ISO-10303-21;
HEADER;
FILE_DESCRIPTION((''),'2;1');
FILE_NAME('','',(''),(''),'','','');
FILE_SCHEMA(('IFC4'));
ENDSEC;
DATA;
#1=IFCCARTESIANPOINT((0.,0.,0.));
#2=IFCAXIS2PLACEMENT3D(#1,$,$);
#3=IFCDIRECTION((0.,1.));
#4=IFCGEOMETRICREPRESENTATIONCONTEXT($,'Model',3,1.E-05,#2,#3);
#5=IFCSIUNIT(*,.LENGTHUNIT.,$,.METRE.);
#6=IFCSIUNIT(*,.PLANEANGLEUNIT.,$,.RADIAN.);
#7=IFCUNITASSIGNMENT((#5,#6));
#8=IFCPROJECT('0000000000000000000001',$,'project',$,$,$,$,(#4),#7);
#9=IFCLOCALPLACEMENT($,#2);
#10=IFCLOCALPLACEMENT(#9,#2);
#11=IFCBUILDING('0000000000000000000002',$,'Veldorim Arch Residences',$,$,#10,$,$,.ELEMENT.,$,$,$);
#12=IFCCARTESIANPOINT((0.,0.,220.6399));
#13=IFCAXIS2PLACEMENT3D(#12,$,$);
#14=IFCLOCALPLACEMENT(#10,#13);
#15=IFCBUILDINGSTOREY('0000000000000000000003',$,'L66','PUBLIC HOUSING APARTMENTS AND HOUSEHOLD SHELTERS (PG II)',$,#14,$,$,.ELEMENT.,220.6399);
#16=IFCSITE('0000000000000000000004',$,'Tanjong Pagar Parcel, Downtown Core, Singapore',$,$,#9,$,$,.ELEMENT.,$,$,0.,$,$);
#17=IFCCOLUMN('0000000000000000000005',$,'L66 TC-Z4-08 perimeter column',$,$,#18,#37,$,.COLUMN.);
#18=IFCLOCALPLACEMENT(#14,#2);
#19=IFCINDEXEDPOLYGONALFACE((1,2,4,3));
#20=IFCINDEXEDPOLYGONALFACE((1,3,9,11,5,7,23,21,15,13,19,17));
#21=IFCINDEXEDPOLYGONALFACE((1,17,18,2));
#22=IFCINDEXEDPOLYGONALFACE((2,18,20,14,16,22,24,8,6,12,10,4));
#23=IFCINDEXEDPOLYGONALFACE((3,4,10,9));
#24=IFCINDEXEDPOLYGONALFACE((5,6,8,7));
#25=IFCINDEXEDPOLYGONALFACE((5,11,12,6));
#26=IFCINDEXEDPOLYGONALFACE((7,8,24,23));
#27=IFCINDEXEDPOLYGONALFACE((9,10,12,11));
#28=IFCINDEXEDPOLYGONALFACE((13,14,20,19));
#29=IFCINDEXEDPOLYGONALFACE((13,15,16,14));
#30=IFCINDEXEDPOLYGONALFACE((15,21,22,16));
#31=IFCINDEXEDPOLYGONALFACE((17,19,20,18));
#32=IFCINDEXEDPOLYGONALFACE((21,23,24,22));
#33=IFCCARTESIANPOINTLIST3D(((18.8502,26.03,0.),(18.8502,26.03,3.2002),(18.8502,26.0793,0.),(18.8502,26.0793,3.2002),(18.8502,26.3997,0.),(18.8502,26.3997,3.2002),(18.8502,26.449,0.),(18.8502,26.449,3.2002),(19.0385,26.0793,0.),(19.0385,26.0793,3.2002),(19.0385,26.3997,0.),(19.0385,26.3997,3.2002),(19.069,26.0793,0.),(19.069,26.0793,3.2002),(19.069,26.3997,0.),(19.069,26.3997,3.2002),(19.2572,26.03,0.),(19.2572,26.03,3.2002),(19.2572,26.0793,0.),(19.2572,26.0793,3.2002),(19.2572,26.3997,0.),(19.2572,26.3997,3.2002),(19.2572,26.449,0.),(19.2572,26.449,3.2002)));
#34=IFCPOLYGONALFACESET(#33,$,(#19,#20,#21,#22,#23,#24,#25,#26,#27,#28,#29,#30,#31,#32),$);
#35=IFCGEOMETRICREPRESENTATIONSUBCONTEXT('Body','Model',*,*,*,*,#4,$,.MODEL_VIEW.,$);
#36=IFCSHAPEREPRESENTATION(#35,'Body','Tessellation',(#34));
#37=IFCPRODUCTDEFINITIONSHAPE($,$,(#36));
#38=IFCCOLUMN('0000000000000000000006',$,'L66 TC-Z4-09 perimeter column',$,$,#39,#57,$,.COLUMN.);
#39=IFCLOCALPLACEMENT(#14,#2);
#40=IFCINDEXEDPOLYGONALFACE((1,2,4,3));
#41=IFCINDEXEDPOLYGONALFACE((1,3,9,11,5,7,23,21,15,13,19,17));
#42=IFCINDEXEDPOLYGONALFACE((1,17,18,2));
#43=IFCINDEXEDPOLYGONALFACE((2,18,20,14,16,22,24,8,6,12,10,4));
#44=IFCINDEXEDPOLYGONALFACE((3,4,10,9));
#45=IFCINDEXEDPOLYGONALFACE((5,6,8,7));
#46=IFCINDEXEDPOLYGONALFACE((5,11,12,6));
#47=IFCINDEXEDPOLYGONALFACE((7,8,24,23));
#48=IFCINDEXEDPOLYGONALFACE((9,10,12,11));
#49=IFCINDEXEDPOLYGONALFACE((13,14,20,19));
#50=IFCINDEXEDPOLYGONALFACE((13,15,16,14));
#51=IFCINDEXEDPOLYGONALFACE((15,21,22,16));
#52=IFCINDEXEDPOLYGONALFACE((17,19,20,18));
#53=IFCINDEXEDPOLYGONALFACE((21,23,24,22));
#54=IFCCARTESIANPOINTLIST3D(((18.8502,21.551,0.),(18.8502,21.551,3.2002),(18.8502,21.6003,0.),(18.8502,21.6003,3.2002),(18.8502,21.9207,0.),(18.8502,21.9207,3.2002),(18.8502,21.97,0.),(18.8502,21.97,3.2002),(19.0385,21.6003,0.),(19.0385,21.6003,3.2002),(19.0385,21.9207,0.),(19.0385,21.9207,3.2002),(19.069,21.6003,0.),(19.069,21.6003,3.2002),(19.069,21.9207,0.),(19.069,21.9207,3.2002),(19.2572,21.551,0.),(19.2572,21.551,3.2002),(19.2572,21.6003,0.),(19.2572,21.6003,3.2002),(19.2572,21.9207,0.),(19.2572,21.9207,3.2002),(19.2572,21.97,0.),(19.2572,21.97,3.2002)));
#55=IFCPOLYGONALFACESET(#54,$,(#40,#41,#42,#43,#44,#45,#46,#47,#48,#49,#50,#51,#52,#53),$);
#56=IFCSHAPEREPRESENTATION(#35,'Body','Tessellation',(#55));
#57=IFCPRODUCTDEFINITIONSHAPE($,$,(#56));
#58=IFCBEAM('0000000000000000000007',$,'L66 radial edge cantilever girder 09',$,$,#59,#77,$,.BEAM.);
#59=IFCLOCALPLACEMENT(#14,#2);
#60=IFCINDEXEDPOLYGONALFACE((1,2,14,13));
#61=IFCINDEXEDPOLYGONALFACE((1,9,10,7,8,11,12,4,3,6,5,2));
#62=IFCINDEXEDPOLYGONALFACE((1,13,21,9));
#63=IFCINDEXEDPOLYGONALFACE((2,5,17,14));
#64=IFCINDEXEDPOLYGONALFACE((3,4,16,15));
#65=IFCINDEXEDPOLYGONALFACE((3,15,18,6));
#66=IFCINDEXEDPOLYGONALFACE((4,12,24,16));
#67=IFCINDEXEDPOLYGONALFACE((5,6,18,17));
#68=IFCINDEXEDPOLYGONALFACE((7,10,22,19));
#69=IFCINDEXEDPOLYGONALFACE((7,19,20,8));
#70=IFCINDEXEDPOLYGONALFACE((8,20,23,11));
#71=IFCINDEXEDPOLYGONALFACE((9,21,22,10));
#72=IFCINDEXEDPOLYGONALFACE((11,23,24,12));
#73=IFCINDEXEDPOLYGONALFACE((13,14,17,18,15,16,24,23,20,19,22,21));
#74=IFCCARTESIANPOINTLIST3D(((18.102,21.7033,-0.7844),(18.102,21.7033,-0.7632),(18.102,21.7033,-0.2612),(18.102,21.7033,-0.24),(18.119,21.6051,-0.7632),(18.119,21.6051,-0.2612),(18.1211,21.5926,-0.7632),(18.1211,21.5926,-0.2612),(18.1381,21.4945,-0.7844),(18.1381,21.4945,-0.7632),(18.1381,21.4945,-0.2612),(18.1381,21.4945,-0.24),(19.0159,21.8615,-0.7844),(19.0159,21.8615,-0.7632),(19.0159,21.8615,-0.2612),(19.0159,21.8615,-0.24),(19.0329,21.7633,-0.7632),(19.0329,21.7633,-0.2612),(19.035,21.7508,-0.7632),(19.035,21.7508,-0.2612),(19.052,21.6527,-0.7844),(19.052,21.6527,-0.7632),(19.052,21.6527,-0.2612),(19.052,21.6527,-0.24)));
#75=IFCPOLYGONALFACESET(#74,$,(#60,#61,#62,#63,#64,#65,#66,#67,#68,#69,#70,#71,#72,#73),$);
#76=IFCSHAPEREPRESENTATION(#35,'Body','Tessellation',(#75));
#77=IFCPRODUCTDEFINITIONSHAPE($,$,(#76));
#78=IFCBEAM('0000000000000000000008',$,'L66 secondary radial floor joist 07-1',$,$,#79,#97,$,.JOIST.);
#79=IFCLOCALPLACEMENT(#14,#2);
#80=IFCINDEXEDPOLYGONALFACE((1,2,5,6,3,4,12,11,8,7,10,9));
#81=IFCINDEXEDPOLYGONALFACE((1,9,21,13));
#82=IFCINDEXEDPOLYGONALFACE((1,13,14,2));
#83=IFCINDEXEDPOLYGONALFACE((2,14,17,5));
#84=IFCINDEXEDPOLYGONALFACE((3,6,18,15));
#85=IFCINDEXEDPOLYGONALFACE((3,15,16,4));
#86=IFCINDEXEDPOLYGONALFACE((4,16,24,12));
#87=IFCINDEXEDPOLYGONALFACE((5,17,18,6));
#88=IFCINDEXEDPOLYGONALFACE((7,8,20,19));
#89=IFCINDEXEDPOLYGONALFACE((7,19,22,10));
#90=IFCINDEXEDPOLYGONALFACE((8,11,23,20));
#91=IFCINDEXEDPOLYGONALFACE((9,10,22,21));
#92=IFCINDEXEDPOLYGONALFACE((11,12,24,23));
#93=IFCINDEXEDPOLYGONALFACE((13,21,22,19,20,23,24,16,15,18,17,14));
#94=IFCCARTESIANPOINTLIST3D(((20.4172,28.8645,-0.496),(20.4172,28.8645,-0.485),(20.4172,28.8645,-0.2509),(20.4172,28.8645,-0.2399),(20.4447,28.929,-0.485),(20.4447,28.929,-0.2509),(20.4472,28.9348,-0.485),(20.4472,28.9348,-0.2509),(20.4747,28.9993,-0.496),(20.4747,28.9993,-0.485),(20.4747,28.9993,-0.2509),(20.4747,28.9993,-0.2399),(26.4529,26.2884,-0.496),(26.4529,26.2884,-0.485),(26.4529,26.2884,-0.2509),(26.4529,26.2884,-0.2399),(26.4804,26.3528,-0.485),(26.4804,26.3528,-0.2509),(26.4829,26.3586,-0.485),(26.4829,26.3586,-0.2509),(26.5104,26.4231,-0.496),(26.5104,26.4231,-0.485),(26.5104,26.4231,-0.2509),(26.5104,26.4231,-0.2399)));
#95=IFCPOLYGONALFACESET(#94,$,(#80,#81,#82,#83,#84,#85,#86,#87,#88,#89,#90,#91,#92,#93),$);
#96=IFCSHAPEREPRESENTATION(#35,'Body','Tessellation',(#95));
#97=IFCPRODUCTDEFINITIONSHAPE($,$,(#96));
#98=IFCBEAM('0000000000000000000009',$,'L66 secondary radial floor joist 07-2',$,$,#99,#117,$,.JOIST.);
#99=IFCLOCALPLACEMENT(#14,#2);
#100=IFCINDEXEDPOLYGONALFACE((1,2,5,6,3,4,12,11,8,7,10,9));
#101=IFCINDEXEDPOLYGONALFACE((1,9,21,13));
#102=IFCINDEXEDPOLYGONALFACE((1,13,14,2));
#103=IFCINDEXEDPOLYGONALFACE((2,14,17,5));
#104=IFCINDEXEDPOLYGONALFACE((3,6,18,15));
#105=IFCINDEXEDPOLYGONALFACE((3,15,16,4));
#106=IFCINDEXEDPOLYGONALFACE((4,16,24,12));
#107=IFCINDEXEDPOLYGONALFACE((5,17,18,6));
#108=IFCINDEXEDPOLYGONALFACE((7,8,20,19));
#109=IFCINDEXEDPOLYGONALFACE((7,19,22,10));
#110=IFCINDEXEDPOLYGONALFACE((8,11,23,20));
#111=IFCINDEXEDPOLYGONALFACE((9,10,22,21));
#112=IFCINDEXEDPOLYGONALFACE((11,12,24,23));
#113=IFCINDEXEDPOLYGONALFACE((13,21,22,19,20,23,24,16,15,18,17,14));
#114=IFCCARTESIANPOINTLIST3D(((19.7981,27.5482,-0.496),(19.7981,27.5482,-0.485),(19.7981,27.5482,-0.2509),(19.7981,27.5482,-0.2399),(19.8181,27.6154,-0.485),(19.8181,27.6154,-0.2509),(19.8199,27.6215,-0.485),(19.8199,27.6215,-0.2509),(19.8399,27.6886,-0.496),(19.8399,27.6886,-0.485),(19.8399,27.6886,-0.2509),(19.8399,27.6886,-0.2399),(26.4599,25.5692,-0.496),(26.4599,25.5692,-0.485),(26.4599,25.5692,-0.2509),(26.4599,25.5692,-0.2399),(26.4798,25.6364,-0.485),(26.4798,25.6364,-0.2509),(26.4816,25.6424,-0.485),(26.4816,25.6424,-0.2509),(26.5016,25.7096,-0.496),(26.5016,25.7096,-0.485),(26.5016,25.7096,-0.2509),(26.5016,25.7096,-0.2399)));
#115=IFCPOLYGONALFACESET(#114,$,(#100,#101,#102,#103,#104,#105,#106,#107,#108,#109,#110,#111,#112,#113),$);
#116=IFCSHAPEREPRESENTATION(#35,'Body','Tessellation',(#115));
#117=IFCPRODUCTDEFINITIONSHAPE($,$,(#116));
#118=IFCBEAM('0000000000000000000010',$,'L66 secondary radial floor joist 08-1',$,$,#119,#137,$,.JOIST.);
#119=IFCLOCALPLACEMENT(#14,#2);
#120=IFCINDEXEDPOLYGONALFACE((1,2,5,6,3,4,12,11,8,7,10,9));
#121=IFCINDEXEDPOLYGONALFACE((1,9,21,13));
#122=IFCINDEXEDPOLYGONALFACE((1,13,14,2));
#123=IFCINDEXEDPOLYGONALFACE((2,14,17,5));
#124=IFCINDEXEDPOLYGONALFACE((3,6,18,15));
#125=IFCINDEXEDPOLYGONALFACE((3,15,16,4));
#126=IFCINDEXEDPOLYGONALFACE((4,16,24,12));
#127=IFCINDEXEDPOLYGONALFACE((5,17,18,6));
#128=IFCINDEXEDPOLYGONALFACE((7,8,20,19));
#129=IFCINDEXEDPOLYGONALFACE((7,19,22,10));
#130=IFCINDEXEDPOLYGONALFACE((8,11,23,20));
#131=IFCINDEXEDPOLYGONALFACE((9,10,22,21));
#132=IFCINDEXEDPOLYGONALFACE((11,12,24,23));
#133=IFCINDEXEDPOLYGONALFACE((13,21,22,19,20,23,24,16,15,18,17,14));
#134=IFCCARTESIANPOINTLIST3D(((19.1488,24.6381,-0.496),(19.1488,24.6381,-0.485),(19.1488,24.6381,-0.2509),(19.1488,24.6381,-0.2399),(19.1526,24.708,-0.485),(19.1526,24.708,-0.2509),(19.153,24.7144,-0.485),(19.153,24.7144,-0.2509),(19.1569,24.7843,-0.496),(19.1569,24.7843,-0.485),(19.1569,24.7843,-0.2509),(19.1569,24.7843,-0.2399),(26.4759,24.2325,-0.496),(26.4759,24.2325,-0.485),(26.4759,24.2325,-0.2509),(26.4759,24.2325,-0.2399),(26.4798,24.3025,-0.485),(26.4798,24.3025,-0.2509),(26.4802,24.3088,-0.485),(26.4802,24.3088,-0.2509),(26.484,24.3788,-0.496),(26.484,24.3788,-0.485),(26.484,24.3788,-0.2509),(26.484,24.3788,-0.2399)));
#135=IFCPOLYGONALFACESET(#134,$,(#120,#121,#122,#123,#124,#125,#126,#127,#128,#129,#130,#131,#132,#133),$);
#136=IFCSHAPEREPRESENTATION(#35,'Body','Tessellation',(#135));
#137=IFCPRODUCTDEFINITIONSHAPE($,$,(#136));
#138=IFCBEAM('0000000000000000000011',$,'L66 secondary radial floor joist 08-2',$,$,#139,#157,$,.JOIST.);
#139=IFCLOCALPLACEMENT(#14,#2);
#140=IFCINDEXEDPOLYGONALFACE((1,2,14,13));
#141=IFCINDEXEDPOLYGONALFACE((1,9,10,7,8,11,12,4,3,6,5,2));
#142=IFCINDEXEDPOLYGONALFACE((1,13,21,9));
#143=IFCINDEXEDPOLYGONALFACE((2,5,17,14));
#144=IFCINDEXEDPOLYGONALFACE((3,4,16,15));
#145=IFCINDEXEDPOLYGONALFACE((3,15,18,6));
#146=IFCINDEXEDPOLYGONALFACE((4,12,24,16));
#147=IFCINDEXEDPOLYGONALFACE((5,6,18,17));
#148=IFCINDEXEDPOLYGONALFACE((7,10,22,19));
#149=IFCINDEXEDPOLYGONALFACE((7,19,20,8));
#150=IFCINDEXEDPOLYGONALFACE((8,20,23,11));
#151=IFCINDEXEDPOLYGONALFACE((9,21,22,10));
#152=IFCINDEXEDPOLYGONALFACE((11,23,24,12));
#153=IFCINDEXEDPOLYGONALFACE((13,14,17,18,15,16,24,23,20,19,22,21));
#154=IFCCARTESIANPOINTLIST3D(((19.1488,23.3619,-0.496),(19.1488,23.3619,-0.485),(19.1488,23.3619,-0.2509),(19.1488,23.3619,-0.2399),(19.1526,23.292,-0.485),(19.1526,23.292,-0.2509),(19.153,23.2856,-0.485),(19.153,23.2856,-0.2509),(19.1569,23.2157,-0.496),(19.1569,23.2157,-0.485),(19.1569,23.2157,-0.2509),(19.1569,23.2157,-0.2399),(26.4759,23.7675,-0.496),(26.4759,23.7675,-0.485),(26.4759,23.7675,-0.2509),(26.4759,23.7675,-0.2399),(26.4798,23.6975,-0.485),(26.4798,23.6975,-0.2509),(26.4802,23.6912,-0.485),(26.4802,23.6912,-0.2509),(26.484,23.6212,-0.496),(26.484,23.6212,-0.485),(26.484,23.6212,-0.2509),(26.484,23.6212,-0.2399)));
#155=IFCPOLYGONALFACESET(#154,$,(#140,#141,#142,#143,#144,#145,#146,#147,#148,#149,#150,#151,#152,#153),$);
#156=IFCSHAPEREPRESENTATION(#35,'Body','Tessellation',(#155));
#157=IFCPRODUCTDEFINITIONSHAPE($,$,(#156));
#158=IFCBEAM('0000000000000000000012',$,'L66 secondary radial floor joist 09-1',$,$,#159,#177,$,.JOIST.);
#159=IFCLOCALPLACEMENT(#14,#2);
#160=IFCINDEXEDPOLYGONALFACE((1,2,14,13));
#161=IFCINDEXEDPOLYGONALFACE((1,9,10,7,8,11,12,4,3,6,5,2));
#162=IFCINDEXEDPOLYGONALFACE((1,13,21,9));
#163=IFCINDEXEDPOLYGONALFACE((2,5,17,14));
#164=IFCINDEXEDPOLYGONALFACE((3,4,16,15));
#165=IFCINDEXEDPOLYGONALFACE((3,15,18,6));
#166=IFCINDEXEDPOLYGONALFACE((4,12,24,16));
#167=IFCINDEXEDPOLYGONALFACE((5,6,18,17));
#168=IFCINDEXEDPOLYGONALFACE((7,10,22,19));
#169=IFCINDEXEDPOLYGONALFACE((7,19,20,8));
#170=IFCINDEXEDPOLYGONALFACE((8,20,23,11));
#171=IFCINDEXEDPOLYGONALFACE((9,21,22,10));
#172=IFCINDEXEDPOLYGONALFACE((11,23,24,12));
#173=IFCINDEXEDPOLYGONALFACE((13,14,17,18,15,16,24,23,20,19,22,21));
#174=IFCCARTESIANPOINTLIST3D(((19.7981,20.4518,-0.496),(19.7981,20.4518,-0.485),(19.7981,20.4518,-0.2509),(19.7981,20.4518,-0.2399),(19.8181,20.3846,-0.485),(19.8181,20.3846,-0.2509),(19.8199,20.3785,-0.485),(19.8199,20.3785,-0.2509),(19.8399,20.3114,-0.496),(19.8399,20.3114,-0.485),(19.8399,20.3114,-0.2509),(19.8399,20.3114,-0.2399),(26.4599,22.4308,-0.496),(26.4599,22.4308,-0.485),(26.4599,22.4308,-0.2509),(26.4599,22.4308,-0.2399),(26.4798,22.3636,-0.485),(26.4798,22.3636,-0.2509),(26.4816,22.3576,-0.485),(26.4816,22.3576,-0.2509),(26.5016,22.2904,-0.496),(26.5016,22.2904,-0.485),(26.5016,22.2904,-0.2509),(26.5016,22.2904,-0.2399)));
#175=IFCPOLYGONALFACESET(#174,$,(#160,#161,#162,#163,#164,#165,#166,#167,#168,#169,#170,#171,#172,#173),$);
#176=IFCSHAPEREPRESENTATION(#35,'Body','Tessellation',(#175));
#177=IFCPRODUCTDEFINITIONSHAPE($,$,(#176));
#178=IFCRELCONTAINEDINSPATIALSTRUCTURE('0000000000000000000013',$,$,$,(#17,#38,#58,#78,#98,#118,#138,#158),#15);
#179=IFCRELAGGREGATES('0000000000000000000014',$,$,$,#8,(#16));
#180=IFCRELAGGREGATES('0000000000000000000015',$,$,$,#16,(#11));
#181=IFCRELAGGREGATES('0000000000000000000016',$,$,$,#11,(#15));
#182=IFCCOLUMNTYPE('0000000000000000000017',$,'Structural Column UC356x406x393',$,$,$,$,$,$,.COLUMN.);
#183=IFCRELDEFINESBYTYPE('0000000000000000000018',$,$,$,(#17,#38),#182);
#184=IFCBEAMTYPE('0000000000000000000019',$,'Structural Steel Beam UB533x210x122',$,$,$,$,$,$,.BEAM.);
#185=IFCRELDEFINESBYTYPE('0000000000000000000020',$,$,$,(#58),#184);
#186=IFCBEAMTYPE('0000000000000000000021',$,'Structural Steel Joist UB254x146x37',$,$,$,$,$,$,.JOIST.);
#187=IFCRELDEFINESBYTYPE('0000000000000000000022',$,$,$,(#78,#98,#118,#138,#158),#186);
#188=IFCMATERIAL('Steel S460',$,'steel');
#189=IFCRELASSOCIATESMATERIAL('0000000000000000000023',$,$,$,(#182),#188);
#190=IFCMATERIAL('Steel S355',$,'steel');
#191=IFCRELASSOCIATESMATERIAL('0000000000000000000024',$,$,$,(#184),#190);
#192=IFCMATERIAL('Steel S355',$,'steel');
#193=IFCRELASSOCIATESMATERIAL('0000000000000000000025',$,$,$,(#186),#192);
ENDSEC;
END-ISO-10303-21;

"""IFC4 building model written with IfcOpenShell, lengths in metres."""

from ifc_helpers import new_model, si_unit, direction, frame, origin, origin_2d, place, context, subcontext, project, spatial, i_section, extrude, material, material_profile, profile_set, type_object, element, save


model = new_model("IFC4")

# Units and contexts
model_context = context("Model", 3, precision=1e-05, world=origin(), true_north=direction((0.0, 1.0)))
body_context = subcontext(model_context, "Body", "Model", "MODEL_VIEW")
ifc_project = project(units=[si_unit("LENGTHUNIT", "METRE"), si_unit("PLANEANGLEUNIT", "RADIAN")], contexts=[model_context])

# Site, building, storey
site_placement = place(None, origin())
site = spatial("IfcSite", under=ifc_project, at=site_placement, Name="Tanjong Pagar Parcel, Downtown Core, Singapore", CompositionType="ELEMENT", RefElevation=0.0)
building_placement = place(site_placement, origin())
building = spatial("IfcBuilding", under=site, at=building_placement, Name="Veldorim Arch Residences", CompositionType="ELEMENT")
storey_placement = place(building_placement, frame((0.0, 0.0, 220.6399)))
storey = spatial("IfcBuildingStorey", under=building, at=storey_placement, Name="L66", Description="PUBLIC HOUSING APARTMENTS AND HOUSEHOLD SHELTERS (PG II)", CompositionType="ELEMENT", Elevation=220.6399)

# Columns
ifc_material_1 = material(Name="Steel S460", Category="steel")
ifc_material_profile_1 = material_profile(ifc_material_1, i_section(OverallWidth=0.407, OverallDepth=0.4189, WebThickness=0.0305, FlangeThickness=0.0493, at=origin_2d()), Name="UC356x406x393")
ifc_profile_set_1 = profile_set([ifc_material_profile_1], Name="Steel S460")
column_type = type_object("IfcColumnType", Name="Structural Column UC356x406x393", PredefinedType="COLUMN", material=ifc_profile_set_1)
for number, where, z_axis, x_axis, name in (
    (1, (19.0537, 26.2395, 0.0), (0.0, 0.0, 1.0), (1.0, 0.0, 0.0), "L66 TC-Z4-08 perimeter column"),
    (2, (19.0537, 21.7605, 0.0), (0.0, 0.0, 1.0), (1.0, 0.0, 0.0), "L66 TC-Z4-09 perimeter column"),
):
    element("IfcColumn", number, at=place(storey_placement, frame(where, z_axis=z_axis, x_axis=x_axis)), inside=storey, type_object=column_type, Name=name, PredefinedType="COLUMN", context=body_context, shape_type="SweptSolid", body=[
        extrude(i_section(OverallWidth=0.407, OverallDepth=0.4189, WebThickness=0.0305, FlangeThickness=0.0493, at=origin_2d()), origin(), (0.0, 0.0, 1.0), 3.2002),
    ])

# Beams
ifc_material_2 = material(Name="Steel S355", Category="steel")
ifc_material_profile_2 = material_profile(ifc_material_2, i_section(OverallWidth=0.2119, OverallDepth=0.5444, WebThickness=0.0127, FlangeThickness=0.0212, at=origin_2d()), Name="UB533x210x122")
ifc_profile_set_2 = profile_set([ifc_material_profile_2], Name="Steel S355")
beam_type_1 = type_object("IfcBeamType", Name="Structural Steel Beam UB533x210x122", PredefinedType="BEAM", material=ifc_profile_set_2)
beam_1_placement = place(storey_placement, frame((19.0339, 21.7571, -0.5122), z_axis=(-0.985343, -0.170586, 0.0), x_axis=(0.170586, -0.985343, 0.0)))
element("IfcBeam", 3, at=beam_1_placement, inside=storey, type_object=beam_type_1, Name="L66 radial edge cantilever girder 09", PredefinedType="BEAM", context=body_context, shape_type="SweptSolid", body=[
    extrude(i_section(OverallWidth=0.2119, OverallDepth=0.5444, WebThickness=0.0127, FlangeThickness=0.0212, at=origin_2d()), origin(), (0.0, 0.0, 1.0), 0.9275),
])
ifc_material_3 = material(Name="Steel S355", Category="steel")
ifc_material_profile_3 = material_profile(ifc_material_3, i_section(OverallWidth=0.1465, OverallDepth=0.2561, WebThickness=0.0063, FlangeThickness=0.011, at=origin_2d()), Name="UB254x146x37")
ifc_profile_set_3 = profile_set([ifc_material_profile_3], Name="Steel S355")
beam_type_2 = type_object("IfcBeamType", Name="Structural Steel Joist UB254x146x37", PredefinedType="JOIST", material=ifc_profile_set_3)
beam_2_placement = place(storey_placement, frame((26.4817, 26.3557, -0.3679), z_axis=(-0.919725, 0.392563, 0.0), x_axis=(-0.392563, -0.919725, 0.0)))
element("IfcBeam", 4, at=beam_2_placement, inside=storey, type_object=beam_type_2, Name="L66 secondary radial floor joist 07-1", PredefinedType="JOIST", context=body_context, shape_type="SweptSolid", body=[
    extrude(i_section(OverallWidth=0.1465, OverallDepth=0.2561, WebThickness=0.0063, FlangeThickness=0.011, at=origin_2d()), origin(), (0.0, 0.0, 1.0), 6.5625),
])
beam_3_placement = place(storey_placement, frame((26.4807, 25.6394, -0.3679), z_axis=(-0.958594, 0.284775, 0.0), x_axis=(-0.284775, -0.958594, 0.0)))
element("IfcBeam", 5, at=beam_3_placement, inside=storey, type_object=beam_type_2, Name="L66 secondary radial floor joist 07-2", PredefinedType="JOIST", context=body_context, shape_type="SweptSolid", body=[
    extrude(i_section(OverallWidth=0.1465, OverallDepth=0.2561, WebThickness=0.0063, FlangeThickness=0.011, at=origin_2d()), origin(), (0.0, 0.0, 1.0), 6.9495),
])
for number, where, z_axis, x_axis, name in (
    (6, (26.48, 24.3057, -0.3679), (-0.998472, 0.05526, 0.0), (-0.05526, -0.998472, 0.0), "L66 secondary radial floor joist 08-1"),
    (7, (26.48, 23.6943, -0.3679), (-0.998472, -0.05526, 0.0), (0.05526, -0.998472, 0.0), "L66 secondary radial floor joist 08-2"),
):
    element("IfcBeam", number, at=place(storey_placement, frame(where, z_axis=z_axis, x_axis=x_axis)), inside=storey, type_object=beam_type_2, Name=name, PredefinedType="JOIST", context=body_context, shape_type="SweptSolid", body=[
        extrude(i_section(OverallWidth=0.1465, OverallDepth=0.2561, WebThickness=0.0063, FlangeThickness=0.011, at=origin_2d()), origin(), (0.0, 0.0, 1.0), 7.3384),
    ])
beam_4_placement = place(storey_placement, frame((26.4807, 22.3606, -0.3679), z_axis=(-0.958594, -0.284775, 0.0), x_axis=(0.284775, -0.958594, 0.0)))
element("IfcBeam", 8, at=beam_4_placement, inside=storey, type_object=beam_type_2, Name="L66 secondary radial floor joist 09-1", PredefinedType="JOIST", context=body_context, shape_type="SweptSolid", body=[
    extrude(i_section(OverallWidth=0.1465, OverallDepth=0.2561, WebThickness=0.0063, FlangeThickness=0.011, at=origin_2d()), origin(), (0.0, 0.0, 1.0), 6.9495),
])

save(model, "model.ifc")
